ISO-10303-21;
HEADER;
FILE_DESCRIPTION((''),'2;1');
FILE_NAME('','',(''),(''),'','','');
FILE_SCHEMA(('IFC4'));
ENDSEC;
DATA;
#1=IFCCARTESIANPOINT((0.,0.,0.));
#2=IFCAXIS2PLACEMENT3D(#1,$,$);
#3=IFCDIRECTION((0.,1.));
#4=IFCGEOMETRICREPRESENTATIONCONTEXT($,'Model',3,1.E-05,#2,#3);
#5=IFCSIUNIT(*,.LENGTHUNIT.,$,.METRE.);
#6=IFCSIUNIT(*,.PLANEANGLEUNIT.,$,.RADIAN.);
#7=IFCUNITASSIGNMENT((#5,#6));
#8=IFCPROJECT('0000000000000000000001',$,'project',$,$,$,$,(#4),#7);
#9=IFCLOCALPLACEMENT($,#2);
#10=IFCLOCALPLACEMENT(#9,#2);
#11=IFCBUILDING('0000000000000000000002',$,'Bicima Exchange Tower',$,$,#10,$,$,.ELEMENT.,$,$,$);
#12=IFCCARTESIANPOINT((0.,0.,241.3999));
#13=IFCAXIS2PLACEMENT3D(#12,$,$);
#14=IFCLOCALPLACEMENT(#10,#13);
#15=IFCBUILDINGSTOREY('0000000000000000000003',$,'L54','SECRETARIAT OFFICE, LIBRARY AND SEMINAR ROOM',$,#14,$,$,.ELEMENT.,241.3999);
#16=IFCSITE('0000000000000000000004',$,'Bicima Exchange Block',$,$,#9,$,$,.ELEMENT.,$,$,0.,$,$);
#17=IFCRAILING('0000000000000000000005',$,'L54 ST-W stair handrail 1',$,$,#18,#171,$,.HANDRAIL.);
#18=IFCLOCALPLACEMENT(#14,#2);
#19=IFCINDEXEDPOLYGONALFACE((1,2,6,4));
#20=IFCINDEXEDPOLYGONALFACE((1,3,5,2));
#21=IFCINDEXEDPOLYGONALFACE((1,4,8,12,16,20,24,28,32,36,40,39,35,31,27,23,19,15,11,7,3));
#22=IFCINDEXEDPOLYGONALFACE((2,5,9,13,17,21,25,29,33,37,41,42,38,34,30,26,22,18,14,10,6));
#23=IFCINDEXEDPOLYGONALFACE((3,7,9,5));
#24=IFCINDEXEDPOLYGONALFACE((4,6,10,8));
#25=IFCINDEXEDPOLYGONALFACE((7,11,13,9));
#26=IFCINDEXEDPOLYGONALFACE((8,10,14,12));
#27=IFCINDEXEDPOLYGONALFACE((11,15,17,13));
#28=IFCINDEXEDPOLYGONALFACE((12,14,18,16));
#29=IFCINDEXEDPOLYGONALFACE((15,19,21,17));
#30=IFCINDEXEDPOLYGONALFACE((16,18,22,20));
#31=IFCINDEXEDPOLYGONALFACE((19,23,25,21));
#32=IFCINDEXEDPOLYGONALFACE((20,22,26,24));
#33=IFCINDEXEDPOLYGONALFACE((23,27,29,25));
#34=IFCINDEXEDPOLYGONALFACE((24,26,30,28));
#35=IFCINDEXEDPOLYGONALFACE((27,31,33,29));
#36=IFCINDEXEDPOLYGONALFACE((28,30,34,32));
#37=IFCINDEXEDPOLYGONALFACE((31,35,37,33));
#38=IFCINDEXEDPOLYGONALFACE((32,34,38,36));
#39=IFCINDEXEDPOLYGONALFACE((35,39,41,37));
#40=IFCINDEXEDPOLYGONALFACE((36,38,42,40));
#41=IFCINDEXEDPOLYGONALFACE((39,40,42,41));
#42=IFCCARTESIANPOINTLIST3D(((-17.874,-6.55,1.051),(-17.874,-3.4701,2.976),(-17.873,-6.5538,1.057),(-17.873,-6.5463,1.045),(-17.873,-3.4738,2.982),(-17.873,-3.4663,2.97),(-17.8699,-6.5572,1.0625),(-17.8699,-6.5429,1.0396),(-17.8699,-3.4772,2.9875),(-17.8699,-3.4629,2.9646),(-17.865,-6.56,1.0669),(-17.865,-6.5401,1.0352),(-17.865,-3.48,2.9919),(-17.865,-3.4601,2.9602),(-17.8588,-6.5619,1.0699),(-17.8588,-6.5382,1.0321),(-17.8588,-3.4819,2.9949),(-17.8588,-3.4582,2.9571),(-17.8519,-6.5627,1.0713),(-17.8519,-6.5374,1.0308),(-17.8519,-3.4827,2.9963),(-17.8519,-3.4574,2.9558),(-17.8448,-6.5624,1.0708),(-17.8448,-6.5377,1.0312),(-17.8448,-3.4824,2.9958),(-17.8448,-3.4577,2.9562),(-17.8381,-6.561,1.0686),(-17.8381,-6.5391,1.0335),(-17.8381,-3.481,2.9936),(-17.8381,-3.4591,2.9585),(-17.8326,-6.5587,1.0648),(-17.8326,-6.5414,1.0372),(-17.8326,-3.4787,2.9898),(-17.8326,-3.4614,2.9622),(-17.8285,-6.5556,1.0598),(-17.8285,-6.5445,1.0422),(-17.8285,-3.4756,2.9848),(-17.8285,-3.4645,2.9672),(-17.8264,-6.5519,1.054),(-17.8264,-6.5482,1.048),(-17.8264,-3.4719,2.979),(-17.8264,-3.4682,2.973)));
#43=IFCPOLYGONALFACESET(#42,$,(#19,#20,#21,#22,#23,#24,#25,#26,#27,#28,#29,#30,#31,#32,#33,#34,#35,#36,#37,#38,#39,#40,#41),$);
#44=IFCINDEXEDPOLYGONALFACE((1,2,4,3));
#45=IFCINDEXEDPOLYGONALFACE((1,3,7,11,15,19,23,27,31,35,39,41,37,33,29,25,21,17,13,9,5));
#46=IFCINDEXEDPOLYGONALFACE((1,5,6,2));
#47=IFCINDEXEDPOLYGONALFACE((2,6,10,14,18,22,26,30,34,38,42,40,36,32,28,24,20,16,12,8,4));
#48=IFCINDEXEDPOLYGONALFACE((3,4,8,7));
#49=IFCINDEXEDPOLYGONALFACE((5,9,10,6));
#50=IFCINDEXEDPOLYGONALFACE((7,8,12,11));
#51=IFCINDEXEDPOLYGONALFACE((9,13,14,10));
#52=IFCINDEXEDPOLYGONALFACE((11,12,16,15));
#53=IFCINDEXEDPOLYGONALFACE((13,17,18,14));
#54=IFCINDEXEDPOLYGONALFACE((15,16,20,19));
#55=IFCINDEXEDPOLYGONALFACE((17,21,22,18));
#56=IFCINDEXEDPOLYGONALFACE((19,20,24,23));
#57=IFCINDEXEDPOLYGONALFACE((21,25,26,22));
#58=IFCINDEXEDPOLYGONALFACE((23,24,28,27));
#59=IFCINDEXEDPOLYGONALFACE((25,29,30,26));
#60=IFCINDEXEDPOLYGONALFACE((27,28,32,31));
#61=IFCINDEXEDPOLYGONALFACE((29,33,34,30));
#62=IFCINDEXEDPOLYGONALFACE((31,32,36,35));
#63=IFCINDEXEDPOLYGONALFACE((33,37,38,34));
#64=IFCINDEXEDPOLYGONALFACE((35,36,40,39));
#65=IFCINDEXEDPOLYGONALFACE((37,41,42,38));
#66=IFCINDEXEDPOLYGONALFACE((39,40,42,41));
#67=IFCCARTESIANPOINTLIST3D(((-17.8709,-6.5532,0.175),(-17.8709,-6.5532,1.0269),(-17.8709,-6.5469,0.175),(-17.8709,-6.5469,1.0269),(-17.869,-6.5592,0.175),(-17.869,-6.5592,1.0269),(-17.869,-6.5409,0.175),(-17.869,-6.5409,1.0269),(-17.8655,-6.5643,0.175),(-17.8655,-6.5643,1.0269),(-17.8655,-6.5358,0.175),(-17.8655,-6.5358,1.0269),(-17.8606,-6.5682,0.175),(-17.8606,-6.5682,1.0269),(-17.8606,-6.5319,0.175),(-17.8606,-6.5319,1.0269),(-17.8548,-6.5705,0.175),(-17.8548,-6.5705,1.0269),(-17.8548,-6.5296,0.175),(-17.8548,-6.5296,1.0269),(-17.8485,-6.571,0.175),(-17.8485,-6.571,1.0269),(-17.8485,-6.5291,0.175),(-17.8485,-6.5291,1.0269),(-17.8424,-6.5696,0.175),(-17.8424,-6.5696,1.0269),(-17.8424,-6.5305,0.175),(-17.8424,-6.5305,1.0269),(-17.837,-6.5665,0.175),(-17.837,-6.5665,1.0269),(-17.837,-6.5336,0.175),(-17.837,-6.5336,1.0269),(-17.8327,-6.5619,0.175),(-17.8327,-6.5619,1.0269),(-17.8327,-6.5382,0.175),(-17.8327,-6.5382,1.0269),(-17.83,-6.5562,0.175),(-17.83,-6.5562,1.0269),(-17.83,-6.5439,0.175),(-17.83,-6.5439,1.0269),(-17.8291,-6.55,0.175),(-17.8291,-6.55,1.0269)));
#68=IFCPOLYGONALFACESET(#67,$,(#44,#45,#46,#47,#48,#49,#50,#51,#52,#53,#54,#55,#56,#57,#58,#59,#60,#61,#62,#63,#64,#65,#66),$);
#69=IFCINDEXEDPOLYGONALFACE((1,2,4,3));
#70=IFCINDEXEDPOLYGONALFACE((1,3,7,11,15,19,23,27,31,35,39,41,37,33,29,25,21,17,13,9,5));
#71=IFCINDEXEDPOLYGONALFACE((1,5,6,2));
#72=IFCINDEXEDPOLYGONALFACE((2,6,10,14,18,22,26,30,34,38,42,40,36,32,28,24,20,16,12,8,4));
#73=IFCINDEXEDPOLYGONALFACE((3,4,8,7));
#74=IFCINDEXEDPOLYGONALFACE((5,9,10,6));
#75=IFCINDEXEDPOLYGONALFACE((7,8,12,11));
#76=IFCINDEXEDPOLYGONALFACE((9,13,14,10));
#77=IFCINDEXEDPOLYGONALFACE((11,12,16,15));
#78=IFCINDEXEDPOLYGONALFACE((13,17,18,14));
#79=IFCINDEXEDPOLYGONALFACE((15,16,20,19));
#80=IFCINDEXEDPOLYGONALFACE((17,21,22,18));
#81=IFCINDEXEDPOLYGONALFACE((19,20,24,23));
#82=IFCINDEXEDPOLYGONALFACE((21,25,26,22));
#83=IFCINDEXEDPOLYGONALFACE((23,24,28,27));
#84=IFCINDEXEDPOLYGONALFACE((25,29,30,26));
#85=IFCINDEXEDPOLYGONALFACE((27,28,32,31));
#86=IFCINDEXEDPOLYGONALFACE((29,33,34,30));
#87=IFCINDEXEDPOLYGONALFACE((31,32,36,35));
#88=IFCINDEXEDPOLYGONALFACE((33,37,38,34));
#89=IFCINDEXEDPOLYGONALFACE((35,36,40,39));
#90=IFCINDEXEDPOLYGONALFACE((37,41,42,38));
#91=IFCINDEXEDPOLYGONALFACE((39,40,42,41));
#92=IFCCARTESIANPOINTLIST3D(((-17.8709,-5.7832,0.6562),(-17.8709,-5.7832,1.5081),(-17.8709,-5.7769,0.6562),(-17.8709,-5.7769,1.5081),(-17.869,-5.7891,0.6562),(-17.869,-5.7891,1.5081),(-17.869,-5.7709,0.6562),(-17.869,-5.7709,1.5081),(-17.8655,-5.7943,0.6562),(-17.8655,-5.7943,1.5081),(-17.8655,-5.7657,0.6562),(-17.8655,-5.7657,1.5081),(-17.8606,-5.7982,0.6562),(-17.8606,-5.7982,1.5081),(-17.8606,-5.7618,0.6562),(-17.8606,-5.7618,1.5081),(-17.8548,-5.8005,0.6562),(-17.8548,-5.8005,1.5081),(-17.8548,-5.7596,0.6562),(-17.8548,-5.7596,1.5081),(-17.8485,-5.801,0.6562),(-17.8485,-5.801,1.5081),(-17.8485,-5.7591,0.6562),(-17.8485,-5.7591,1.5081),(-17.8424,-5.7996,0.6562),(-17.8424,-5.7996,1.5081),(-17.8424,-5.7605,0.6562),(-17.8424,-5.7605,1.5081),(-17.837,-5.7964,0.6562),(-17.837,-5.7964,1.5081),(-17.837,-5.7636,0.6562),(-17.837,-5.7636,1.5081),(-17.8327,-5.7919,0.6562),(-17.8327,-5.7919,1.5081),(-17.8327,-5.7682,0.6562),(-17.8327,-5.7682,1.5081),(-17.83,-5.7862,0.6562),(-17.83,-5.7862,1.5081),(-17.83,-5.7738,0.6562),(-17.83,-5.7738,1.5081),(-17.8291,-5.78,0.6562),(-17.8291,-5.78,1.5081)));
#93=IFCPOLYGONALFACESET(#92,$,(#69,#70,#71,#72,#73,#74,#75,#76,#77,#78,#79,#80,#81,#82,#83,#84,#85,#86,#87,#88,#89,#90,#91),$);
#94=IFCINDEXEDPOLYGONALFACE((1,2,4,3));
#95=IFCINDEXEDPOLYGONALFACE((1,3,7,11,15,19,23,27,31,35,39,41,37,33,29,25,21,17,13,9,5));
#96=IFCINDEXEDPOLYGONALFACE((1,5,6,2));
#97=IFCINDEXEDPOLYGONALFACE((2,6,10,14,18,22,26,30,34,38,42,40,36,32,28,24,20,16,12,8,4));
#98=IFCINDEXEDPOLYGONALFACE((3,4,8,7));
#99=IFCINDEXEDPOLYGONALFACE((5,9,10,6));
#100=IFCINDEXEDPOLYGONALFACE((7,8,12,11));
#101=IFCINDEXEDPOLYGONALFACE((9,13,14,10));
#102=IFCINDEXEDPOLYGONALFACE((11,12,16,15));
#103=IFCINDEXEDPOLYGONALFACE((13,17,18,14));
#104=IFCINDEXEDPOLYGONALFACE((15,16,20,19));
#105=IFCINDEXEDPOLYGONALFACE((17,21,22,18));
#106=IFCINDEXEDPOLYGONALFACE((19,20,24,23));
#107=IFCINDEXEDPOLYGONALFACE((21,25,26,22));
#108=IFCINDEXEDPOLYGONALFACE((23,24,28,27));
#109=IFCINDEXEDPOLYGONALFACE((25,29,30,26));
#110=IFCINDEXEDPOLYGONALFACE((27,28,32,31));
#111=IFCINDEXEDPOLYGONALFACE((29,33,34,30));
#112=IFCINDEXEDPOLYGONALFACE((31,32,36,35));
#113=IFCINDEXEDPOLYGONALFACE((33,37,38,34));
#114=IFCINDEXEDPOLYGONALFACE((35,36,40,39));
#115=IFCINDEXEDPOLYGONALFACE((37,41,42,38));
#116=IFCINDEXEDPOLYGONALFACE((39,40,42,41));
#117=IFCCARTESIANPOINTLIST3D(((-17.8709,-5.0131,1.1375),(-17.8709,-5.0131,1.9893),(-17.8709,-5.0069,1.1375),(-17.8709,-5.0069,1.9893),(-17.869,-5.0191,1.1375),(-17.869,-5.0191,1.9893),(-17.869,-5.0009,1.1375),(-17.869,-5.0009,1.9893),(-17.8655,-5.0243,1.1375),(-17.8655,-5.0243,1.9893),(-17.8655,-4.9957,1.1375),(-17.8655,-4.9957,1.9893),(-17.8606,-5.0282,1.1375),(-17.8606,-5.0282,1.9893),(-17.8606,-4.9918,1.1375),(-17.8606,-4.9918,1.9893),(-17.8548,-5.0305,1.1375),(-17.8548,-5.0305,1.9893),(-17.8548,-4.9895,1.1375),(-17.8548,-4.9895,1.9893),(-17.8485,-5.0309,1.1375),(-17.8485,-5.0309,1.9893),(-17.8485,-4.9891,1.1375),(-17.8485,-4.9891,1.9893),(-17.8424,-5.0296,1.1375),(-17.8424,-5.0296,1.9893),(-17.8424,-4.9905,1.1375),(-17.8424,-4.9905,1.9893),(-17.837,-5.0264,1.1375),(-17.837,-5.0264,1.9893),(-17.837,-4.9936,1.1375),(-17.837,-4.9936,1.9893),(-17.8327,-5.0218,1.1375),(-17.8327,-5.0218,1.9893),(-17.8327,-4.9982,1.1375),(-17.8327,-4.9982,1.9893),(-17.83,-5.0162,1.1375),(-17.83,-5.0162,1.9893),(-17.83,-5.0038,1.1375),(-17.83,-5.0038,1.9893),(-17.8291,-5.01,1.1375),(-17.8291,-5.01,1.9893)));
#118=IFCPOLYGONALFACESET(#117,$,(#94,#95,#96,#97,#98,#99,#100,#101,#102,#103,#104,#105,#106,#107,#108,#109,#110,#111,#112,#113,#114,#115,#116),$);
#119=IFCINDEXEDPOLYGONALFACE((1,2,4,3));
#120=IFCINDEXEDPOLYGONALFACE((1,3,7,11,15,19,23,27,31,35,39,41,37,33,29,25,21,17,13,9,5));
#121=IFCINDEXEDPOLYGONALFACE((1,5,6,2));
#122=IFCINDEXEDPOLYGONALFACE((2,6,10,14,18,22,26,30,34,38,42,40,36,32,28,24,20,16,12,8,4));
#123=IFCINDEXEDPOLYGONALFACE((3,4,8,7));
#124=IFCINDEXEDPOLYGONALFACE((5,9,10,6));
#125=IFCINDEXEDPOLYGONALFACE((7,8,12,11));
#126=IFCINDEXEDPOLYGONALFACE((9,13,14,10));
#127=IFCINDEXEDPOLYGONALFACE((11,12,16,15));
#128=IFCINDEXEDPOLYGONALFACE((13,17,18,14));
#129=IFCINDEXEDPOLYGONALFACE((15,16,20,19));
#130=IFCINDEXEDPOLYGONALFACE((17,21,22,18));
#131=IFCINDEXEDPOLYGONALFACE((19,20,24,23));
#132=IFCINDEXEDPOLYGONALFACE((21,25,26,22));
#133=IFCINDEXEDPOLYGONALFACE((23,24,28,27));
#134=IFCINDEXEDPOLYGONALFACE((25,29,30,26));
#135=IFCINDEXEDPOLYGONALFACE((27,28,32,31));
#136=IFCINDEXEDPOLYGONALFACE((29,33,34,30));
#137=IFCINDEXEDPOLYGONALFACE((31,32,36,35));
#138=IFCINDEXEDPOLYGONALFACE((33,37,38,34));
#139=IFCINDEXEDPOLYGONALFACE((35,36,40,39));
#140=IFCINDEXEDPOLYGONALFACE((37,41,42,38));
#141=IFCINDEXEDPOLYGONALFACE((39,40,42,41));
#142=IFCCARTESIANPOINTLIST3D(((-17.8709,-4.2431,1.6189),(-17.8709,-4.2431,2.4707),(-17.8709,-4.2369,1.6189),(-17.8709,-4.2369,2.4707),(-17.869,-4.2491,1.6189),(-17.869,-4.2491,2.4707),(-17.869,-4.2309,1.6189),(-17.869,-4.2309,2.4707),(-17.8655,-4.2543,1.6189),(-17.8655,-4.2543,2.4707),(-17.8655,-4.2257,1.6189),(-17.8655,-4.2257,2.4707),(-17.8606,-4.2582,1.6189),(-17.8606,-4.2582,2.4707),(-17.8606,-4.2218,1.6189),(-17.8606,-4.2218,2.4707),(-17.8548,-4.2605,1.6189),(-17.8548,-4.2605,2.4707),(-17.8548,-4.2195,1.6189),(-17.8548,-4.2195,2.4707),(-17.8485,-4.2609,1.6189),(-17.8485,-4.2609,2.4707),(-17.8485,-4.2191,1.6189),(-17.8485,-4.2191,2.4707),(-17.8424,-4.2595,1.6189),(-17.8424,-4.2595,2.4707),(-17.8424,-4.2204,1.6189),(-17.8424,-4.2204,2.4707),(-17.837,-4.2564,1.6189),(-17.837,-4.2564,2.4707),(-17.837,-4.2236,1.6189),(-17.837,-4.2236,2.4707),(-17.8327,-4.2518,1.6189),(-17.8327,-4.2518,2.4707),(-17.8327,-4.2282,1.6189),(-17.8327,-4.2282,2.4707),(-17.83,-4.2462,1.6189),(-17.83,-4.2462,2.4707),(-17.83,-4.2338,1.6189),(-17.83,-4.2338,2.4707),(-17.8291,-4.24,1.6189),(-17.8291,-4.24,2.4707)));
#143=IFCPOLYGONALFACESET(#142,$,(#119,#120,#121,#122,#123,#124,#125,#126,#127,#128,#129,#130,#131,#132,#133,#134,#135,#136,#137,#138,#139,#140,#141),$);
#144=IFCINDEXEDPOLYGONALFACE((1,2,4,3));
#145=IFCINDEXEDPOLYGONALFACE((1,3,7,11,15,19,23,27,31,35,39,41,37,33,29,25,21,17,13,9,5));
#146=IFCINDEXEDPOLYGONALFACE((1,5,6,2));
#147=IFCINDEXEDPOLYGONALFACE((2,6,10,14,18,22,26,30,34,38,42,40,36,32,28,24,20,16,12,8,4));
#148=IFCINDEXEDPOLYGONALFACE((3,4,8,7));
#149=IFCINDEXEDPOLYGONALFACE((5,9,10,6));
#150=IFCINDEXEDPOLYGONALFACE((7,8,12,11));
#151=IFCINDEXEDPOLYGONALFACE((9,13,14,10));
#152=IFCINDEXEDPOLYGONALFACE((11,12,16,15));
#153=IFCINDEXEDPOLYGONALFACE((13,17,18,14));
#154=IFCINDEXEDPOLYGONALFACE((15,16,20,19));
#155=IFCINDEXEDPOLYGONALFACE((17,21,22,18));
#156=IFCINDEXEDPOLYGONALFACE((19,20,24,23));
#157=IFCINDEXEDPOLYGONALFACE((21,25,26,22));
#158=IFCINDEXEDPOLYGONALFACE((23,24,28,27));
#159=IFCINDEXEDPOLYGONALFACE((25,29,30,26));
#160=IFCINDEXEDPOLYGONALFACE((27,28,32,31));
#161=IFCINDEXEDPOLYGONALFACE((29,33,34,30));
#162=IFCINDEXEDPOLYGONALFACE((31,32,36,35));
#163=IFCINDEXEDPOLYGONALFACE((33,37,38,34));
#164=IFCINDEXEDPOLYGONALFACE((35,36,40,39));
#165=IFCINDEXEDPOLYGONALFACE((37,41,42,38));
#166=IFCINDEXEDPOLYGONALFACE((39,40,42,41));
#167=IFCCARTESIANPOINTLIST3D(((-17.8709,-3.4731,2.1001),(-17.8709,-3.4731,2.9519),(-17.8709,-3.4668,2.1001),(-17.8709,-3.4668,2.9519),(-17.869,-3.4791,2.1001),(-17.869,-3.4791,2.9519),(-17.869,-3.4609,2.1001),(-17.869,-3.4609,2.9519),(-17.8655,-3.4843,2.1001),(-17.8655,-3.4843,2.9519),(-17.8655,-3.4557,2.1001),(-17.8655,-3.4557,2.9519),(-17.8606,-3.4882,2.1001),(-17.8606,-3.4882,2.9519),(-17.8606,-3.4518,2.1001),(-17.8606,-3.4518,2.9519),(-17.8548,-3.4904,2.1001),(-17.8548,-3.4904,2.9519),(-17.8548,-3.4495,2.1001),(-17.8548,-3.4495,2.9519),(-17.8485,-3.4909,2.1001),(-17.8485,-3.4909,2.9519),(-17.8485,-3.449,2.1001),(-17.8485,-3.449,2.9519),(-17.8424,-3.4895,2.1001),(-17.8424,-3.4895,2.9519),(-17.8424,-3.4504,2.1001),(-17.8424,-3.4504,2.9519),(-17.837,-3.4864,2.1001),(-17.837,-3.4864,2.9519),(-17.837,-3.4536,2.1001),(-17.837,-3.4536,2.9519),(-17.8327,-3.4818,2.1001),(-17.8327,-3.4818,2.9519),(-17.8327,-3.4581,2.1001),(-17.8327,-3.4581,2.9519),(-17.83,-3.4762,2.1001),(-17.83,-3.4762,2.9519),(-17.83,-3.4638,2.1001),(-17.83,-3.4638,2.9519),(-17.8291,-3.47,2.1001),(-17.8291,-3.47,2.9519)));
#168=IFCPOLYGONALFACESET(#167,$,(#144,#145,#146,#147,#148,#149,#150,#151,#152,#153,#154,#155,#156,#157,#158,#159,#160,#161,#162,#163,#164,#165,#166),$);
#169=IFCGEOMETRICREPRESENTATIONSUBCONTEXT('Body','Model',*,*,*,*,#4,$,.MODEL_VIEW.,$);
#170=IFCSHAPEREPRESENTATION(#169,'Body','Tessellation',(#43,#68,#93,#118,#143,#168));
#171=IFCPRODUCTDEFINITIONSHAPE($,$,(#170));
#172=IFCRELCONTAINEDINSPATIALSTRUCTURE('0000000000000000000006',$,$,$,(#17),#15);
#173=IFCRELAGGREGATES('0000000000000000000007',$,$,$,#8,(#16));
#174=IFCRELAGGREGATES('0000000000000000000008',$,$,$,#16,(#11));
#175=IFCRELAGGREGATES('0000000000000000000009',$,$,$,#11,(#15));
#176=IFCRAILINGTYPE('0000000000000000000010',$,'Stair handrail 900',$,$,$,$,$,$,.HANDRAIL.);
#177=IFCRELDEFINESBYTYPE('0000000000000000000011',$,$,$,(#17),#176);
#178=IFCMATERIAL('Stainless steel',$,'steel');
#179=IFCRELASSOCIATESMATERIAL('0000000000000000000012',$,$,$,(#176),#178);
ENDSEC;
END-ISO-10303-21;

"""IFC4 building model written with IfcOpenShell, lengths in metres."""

from ifc_helpers import new_model, si_unit, direction, frame, origin, origin_2d, place, context, subcontext, project, spatial, circle, extrude, material, type_object, element, save


model = new_model("IFC4")

# Units and contexts
model_context = context("Model", 3, precision=1e-05, world=origin(), true_north=direction((0.0, 1.0)))
body_context = subcontext(model_context, "Body", "Model", "MODEL_VIEW")
ifc_project = project(units=[si_unit("LENGTHUNIT", "METRE"), si_unit("PLANEANGLEUNIT", "RADIAN")], contexts=[model_context])

# Site, building, storey
site_placement = place(None, origin())
site = spatial("IfcSite", under=ifc_project, at=site_placement, Name="Bicima Exchange Block", CompositionType="ELEMENT", RefElevation=0.0)
building_placement = place(site_placement, origin())
building = spatial("IfcBuilding", under=site, at=building_placement, Name="Bicima Exchange Tower", CompositionType="ELEMENT")
storey_placement = place(building_placement, frame((0.0, 0.0, 241.3999)))
storey = spatial("IfcBuildingStorey", under=building, at=storey_placement, Name="L54", Description="SECRETARIAT OFFICE, LIBRARY AND SEMINAR ROOM", CompositionType="ELEMENT", Elevation=241.3999)

# Shared definitions
ifc_material_1 = material(Name="Stainless steel", Category="steel")

# Railing
railing_type_1 = type_object("IfcRailingType", Name="Stair handrail 900", PredefinedType="HANDRAIL", material=ifc_material_1)
railing_1_placement = place(storey_placement, frame((-17.8501, -6.55, 0.175)))
element("IfcRailing", 1, at=railing_1_placement, inside=storey, type_object=railing_type_1, Name="L54 ST-W stair handrail 1", PredefinedType="HANDRAIL", context=body_context, shape_type="SweptSolid", body=[
    extrude(circle(Radius=0.0239, at=origin_2d()), frame((0.0, 0.0, 0.876), z_axis=(0.0, 0.847998, 0.529999), x_axis=(-1.0, 0.0, 0.0)), (0.0, 0.0, 1.0), 3.6321),
    extrude(circle(Radius=0.021, at=origin_2d()), origin(), (0.0, 0.0, 1.0), 0.8518),
    extrude(circle(Radius=0.021, at=origin_2d()), frame((0.0, 0.77, 0.4812)), (0.0, 0.0, 1.0), 0.8518),
    extrude(circle(Radius=0.021, at=origin_2d()), frame((0.0, 1.54, 0.9624)), (0.0, 0.0, 1.0), 0.8518),
    extrude(circle(Radius=0.021, at=origin_2d()), frame((0.0, 2.3101, 1.4438)), (0.0, 0.0, 1.0), 0.8518),
    extrude(circle(Radius=0.021, at=origin_2d()), frame((0.0, 3.0801, 1.925)), (0.0, 0.0, 1.0), 0.8518),
])

save(model, "model.ifc")
